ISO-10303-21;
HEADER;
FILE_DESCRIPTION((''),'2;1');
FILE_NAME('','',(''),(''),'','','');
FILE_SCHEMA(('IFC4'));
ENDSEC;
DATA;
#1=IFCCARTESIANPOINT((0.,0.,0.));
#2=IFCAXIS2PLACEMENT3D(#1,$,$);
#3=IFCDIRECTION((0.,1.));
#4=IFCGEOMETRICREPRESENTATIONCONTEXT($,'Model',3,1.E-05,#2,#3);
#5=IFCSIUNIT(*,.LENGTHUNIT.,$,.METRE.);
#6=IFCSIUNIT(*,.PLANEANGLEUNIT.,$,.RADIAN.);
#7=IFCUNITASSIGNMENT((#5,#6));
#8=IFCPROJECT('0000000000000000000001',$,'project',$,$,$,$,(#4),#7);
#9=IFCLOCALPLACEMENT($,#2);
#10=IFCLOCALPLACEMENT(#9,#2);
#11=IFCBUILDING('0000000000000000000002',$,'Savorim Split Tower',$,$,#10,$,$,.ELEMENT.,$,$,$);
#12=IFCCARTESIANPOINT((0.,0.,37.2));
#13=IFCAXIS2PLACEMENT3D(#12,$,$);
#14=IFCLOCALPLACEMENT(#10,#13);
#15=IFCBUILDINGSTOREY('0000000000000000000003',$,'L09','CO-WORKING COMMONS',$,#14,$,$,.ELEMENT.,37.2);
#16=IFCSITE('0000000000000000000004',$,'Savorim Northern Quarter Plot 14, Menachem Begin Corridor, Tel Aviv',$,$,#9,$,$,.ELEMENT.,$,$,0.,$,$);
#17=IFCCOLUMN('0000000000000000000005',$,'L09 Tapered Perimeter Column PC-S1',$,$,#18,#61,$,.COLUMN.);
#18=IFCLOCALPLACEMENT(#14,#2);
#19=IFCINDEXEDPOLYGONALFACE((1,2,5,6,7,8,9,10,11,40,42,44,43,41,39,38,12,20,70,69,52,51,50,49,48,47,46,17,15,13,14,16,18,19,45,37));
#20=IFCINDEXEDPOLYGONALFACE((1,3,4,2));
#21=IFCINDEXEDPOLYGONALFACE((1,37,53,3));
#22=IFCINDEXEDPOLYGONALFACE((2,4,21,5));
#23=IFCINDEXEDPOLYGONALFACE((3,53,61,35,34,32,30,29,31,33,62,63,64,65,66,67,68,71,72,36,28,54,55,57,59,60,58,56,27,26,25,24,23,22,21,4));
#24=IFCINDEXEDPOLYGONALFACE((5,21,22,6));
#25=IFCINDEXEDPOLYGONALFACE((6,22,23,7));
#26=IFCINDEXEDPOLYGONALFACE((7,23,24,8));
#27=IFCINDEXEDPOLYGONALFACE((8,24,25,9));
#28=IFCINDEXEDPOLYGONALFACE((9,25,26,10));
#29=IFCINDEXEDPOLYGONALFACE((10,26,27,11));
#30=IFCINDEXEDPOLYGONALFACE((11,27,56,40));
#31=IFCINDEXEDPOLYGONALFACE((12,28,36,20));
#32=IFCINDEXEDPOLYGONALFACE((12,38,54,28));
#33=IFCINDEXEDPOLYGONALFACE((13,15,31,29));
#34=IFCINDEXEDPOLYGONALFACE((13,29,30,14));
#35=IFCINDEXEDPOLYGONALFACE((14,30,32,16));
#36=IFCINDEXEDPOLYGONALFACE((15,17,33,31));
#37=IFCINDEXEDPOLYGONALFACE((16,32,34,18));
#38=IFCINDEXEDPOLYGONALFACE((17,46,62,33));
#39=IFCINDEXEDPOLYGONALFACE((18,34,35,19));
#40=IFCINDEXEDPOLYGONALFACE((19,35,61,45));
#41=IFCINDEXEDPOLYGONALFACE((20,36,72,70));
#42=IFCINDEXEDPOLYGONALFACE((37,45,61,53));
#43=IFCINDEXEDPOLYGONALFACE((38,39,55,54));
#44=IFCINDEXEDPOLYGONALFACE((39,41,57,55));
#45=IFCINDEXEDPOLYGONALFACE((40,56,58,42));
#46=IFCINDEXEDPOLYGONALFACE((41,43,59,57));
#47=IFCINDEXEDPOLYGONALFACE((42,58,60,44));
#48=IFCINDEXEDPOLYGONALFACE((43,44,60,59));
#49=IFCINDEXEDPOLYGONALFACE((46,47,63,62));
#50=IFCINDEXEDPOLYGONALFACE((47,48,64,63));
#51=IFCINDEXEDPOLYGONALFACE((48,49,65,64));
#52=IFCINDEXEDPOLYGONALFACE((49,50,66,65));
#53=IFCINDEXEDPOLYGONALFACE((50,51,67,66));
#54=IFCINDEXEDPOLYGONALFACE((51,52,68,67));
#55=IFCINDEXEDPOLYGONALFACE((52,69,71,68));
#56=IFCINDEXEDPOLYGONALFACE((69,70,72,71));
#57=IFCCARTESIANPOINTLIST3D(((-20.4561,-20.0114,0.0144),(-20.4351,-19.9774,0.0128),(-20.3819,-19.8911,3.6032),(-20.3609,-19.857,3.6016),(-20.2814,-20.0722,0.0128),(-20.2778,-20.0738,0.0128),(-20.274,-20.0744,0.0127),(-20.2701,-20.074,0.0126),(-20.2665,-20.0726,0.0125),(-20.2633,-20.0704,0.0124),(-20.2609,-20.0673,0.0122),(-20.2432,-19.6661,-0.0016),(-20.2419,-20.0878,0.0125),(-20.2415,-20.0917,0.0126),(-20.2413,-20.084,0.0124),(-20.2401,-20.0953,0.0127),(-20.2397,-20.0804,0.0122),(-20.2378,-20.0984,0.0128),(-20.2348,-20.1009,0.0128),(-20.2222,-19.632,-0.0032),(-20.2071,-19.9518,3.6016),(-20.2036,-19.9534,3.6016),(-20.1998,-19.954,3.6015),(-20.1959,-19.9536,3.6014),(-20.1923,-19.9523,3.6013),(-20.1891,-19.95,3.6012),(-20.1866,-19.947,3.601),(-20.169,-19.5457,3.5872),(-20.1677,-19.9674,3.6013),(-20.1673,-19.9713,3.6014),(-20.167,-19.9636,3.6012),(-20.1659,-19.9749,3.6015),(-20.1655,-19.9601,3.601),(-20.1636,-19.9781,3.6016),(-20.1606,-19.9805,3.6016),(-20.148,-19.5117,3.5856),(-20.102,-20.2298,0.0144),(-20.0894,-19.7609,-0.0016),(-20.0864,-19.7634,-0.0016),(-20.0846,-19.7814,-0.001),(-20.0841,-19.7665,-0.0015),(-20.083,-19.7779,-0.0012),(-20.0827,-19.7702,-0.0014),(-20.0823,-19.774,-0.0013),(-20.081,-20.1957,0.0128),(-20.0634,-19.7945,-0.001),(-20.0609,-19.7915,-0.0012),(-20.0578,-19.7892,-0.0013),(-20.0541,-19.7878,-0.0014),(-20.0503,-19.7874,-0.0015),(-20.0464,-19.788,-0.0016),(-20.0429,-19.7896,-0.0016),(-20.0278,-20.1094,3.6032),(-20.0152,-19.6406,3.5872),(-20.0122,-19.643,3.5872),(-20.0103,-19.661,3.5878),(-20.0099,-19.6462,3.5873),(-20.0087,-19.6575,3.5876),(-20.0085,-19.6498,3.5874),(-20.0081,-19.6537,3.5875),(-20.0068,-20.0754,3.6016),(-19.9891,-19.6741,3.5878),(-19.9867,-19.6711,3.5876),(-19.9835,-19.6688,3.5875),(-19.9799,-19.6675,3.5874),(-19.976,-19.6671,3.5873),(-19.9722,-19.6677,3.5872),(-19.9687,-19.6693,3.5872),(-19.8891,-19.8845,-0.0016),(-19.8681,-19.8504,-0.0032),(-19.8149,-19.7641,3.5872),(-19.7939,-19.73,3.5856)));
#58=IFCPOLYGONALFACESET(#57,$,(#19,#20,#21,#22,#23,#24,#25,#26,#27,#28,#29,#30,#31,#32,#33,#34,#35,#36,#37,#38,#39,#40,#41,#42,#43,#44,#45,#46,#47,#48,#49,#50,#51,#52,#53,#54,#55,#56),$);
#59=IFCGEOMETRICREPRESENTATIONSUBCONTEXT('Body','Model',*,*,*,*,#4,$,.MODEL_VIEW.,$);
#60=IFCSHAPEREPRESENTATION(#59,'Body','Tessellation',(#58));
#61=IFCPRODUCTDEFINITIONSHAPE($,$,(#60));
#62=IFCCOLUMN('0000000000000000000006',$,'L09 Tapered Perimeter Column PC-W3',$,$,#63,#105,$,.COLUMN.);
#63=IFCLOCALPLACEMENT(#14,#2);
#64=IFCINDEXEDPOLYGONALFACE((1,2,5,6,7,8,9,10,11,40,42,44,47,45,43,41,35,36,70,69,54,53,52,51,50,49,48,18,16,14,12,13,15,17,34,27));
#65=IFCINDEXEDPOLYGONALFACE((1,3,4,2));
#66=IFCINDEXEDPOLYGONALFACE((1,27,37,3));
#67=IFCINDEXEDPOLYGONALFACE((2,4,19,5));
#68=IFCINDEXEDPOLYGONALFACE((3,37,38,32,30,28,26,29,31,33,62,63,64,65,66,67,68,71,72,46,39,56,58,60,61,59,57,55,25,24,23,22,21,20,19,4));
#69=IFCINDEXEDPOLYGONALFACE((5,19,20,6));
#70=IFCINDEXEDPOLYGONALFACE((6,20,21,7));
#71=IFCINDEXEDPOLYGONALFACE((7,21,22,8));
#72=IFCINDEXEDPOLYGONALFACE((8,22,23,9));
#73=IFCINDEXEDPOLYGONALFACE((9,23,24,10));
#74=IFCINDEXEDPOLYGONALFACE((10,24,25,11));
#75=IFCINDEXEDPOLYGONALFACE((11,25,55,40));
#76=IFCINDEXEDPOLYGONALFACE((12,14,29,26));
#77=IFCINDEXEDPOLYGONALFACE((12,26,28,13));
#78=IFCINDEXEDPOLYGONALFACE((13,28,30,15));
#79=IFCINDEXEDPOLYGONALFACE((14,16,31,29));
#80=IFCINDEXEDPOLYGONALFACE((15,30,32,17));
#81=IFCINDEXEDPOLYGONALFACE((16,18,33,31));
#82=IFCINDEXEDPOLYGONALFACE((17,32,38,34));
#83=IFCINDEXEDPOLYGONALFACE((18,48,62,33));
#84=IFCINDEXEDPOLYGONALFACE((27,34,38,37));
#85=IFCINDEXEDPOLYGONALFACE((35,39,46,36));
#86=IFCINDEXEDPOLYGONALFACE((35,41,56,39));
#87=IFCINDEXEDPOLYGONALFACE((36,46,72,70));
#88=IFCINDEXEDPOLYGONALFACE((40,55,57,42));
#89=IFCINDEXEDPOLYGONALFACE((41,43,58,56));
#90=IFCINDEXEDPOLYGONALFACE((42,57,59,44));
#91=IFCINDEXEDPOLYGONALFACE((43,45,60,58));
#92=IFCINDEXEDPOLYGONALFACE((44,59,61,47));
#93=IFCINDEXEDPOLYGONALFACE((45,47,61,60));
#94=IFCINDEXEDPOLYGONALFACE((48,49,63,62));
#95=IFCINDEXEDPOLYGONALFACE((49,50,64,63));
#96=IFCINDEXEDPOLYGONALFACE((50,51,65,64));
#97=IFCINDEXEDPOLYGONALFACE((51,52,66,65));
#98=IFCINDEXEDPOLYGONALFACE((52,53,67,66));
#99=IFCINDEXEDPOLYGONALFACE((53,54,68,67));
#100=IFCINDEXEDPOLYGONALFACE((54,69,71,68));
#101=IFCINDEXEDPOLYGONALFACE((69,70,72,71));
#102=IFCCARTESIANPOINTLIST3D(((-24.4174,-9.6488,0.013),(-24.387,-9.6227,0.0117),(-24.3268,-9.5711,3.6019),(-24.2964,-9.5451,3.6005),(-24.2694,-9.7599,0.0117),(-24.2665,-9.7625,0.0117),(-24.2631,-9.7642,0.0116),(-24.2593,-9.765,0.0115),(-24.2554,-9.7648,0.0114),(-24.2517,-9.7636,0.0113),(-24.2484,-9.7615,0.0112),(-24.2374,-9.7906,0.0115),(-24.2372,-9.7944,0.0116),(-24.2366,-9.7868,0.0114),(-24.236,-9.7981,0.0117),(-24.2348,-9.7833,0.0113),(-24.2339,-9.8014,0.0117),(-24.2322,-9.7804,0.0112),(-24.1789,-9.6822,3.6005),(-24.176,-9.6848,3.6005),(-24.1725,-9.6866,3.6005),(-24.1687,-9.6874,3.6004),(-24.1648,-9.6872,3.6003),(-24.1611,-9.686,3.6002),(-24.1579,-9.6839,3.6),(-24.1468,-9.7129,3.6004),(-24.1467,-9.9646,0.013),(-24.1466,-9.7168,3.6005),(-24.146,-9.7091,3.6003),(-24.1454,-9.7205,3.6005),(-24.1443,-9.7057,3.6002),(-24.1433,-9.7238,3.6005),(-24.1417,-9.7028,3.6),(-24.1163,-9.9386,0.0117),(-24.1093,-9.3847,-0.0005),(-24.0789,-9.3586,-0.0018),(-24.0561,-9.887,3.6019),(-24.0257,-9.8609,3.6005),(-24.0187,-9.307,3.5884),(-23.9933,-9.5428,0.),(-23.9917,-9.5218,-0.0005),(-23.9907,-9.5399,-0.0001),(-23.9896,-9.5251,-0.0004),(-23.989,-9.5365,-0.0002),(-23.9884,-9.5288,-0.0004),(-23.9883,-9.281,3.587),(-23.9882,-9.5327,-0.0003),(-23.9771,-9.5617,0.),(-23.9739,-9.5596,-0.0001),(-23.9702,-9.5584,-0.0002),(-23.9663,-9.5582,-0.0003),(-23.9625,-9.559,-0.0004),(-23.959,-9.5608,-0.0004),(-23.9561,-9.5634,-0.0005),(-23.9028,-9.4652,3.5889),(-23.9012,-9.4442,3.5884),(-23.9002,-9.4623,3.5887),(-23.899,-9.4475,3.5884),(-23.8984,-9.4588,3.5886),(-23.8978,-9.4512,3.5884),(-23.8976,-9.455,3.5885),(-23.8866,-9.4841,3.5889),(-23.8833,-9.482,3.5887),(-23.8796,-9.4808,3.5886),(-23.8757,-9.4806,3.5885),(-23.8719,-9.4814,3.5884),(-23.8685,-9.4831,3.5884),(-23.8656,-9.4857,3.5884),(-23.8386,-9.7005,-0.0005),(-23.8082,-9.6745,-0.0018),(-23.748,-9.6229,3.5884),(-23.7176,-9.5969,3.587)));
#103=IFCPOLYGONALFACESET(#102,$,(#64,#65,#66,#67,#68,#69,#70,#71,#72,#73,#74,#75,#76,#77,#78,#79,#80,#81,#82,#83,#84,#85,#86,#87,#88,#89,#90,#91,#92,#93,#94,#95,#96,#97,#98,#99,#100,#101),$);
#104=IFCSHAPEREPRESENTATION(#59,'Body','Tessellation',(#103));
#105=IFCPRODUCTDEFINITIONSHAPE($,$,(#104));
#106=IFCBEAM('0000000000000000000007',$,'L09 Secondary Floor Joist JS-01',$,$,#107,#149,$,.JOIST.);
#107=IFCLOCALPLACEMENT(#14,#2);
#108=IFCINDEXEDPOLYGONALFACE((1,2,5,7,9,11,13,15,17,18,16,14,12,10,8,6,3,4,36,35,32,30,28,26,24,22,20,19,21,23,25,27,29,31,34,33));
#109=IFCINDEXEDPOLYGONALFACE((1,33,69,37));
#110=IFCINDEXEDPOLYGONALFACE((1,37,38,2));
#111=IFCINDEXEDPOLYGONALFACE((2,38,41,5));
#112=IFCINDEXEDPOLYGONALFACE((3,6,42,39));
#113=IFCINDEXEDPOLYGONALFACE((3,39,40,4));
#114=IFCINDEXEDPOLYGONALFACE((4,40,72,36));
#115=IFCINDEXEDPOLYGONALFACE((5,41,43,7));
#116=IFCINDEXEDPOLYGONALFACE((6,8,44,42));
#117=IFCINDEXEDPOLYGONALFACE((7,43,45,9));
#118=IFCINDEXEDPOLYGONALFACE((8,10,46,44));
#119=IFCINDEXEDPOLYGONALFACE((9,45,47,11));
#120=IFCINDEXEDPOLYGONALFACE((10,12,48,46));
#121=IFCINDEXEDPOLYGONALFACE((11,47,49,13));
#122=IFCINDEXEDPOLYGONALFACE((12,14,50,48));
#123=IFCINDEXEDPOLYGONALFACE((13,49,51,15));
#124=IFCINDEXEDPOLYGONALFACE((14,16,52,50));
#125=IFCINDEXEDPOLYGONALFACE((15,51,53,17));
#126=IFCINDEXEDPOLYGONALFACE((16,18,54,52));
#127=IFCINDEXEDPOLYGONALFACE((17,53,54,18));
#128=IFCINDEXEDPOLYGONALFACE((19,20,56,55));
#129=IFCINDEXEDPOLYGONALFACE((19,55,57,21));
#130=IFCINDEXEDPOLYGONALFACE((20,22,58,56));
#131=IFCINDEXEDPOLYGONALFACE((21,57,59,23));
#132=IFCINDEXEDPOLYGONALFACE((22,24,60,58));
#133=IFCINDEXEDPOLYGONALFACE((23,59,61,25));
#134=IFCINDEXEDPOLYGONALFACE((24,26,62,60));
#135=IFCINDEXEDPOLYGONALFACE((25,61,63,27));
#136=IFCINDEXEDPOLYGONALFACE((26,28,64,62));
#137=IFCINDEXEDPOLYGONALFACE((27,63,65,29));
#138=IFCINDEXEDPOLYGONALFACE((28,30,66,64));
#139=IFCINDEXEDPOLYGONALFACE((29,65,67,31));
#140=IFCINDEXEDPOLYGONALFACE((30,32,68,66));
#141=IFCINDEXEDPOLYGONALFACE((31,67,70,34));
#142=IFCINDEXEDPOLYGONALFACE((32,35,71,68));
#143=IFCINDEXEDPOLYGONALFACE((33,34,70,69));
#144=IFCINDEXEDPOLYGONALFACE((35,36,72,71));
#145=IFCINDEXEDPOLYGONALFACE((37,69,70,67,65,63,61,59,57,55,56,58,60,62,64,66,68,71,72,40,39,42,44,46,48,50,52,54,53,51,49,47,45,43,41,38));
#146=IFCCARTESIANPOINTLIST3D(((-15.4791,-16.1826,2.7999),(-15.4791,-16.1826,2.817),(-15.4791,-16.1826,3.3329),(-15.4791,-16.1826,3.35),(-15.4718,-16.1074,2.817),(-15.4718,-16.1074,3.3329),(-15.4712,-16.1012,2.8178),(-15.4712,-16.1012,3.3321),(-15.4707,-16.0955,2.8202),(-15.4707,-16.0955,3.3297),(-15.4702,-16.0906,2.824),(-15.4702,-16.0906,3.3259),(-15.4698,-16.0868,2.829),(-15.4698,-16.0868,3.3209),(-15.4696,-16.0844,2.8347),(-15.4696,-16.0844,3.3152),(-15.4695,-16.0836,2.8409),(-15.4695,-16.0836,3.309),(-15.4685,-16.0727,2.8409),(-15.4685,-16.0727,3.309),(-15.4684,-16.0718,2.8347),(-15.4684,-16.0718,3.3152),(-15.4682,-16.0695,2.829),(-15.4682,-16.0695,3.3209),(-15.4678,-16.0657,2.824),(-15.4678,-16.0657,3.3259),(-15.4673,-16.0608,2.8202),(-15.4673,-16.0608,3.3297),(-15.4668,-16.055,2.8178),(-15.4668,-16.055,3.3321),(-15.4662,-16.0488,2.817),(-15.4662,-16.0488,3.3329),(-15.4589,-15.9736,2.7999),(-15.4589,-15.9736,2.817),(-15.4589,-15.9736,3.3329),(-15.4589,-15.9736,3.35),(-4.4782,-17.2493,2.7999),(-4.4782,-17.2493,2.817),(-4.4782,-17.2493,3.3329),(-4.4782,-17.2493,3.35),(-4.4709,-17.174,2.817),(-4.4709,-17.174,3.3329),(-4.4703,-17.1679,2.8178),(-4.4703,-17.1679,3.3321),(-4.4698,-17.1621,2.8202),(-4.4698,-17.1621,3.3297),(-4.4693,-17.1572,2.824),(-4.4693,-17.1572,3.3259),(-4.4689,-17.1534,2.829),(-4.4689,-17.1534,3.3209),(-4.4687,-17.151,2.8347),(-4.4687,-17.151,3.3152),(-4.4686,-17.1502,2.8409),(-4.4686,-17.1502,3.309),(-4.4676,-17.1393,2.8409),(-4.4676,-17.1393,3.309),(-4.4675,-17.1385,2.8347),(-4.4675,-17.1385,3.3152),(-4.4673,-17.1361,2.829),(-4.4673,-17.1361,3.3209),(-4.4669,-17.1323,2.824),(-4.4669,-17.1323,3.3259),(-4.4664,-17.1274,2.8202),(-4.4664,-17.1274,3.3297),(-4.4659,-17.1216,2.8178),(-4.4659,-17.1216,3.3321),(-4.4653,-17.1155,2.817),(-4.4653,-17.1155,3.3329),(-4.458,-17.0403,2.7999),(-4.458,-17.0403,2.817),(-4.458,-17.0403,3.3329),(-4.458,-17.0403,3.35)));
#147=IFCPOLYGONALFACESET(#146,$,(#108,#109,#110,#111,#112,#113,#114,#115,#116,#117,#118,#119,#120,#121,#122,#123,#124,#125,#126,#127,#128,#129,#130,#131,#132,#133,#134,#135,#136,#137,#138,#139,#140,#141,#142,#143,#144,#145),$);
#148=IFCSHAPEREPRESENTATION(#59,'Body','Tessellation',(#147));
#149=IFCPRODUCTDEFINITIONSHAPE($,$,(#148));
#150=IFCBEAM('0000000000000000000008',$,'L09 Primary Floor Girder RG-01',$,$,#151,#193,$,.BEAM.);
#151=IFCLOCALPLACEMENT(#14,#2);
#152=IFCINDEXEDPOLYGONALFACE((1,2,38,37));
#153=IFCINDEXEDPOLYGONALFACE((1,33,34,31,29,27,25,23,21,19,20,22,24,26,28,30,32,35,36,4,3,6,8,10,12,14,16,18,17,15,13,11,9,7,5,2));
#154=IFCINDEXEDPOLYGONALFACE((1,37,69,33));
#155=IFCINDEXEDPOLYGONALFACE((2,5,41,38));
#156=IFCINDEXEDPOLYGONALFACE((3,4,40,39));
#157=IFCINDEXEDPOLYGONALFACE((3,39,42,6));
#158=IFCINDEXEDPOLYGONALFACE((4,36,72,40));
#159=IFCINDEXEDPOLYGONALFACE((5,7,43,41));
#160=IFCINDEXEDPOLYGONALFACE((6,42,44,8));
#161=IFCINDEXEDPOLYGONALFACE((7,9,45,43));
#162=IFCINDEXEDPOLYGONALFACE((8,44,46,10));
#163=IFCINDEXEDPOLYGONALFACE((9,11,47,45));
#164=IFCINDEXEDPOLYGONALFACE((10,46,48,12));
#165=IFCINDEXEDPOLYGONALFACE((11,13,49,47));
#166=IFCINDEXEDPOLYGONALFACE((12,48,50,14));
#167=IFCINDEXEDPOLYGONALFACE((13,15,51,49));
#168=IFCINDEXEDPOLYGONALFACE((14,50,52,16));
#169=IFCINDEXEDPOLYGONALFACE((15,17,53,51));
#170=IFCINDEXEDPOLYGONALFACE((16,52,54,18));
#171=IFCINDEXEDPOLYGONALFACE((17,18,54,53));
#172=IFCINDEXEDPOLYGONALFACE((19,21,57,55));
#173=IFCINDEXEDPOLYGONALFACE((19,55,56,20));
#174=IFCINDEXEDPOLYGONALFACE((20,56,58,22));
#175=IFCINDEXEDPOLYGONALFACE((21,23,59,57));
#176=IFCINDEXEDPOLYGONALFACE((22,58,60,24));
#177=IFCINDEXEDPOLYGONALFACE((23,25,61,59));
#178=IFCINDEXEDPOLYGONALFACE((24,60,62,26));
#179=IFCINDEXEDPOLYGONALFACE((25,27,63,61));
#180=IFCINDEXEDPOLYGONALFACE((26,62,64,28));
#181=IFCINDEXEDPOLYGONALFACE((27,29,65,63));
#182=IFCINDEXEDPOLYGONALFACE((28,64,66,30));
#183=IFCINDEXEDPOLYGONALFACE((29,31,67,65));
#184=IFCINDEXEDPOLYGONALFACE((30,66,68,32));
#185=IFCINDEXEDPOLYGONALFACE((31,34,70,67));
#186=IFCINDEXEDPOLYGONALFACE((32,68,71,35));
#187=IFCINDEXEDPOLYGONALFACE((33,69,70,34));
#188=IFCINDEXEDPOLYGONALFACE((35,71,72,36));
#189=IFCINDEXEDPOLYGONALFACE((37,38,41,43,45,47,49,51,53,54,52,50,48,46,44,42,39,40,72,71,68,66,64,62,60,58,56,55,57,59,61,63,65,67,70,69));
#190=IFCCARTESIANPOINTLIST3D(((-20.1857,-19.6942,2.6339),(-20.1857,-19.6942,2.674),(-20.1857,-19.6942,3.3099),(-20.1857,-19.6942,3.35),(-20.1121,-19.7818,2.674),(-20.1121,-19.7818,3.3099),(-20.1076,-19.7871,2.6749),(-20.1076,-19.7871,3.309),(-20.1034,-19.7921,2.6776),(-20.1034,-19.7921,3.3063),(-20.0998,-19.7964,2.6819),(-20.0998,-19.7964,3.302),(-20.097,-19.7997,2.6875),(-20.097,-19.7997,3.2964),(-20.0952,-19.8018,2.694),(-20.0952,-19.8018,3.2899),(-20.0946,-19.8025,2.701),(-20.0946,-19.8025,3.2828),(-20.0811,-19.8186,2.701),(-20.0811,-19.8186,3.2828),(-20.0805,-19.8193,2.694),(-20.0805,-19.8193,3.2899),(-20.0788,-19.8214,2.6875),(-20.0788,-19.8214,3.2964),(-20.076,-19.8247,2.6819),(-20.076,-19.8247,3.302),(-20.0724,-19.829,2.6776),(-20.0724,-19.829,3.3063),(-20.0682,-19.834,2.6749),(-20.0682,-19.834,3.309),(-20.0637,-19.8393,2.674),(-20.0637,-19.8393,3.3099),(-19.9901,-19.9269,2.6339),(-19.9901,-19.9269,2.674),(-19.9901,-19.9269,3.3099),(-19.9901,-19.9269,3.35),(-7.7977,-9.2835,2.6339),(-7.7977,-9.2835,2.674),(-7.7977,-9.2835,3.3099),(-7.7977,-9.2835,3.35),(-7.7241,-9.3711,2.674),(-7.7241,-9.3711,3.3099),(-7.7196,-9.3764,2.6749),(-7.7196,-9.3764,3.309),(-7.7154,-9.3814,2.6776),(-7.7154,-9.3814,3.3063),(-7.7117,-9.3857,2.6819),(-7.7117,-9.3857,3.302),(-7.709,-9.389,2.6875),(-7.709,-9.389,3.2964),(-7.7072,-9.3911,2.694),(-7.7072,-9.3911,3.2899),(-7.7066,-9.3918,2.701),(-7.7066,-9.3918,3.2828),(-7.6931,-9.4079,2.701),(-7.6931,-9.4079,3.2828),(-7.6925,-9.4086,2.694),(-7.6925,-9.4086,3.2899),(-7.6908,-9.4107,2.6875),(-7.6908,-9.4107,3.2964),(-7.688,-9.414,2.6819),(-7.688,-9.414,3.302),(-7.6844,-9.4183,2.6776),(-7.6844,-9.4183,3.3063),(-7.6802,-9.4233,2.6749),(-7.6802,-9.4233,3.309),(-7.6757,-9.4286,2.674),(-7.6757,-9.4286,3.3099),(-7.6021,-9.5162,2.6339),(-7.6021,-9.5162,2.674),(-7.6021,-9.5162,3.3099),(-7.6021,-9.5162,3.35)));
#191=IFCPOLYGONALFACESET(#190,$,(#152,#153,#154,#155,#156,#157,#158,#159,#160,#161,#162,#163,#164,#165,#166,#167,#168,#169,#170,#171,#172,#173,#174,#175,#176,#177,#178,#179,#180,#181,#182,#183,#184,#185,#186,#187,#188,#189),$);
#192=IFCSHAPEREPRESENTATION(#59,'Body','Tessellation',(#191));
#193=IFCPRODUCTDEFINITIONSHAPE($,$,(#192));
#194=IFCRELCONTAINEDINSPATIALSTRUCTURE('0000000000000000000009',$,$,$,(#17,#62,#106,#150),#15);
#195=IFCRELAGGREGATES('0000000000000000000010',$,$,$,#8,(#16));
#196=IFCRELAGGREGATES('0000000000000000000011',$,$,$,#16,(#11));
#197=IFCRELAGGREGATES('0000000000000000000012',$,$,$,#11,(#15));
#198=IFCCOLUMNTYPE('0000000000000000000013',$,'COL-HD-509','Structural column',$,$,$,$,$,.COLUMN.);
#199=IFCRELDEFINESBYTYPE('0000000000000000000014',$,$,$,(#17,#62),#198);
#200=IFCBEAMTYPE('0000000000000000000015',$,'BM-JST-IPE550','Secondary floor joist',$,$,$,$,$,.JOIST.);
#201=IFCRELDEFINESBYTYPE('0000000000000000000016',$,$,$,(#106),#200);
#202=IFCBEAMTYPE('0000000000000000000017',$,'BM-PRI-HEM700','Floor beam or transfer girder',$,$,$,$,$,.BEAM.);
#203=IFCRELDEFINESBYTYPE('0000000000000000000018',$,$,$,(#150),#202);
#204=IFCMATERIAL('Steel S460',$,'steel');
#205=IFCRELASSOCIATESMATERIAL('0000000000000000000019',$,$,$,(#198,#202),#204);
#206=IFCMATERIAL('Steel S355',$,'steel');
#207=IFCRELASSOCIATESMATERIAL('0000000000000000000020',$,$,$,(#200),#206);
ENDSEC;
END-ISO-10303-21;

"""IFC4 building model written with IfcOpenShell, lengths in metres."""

from ifc_helpers import new_model, si_unit, direction, frame, origin, origin_2d, place, context, subcontext, project, spatial, i_section, extrude, material, material_profile, profile_set, type_object, element, save


model = new_model("IFC4")

# Units and contexts
model_context = context("Model", 3, precision=1e-05, world=origin(), true_north=direction((0.0, 1.0)))
body_context = subcontext(model_context, "Body", "Model", "MODEL_VIEW")
ifc_project = project(units=[si_unit("LENGTHUNIT", "METRE"), si_unit("PLANEANGLEUNIT", "RADIAN")], contexts=[model_context])

# Site, building, storey
site_placement = place(None, origin())
site = spatial("IfcSite", under=ifc_project, at=site_placement, Name="Savorim Northern Quarter Plot 14, Menachem Begin Corridor, Tel Aviv", CompositionType="ELEMENT", RefElevation=0.0)
building_placement = place(site_placement, origin())
building = spatial("IfcBuilding", under=site, at=building_placement, Name="Savorim Split Tower", CompositionType="ELEMENT")
storey_placement = place(building_placement, frame((0.0, 0.0, 37.2)))
storey = spatial("IfcBuildingStorey", under=building, at=storey_placement, Name="L09", Description="CO-WORKING COMMONS", CompositionType="ELEMENT", Elevation=37.2)

# Columns
ifc_material_1 = material(Name="Steel S460", Category="steel")
ifc_material_profile_1 = material_profile(ifc_material_1, i_section(OverallWidth=0.416, OverallDepth=0.446, WebThickness=0.0249, FlangeThickness=0.04, FilletRadius=0.0149, at=origin_2d()), Name="HD 400x509")
ifc_profile_set_1 = profile_set([ifc_material_profile_1], Name="Steel S460")
column_type = type_object("IfcColumnType", Name="COL-HD-509", Description="Structural column", PredefinedType="COLUMN", material=ifc_profile_set_1)
column_1_placement = place(storey_placement, frame((-20.1621, -19.9309, 0.0056), z_axis=(0.020664, 0.033511, 0.999225), x_axis=(-0.851184, 0.524868, 0.0)))
element("IfcColumn", 1, at=column_1_placement, inside=storey, type_object=column_type, Name="L09 Tapered Perimeter Column PC-S1", PredefinedType="COLUMN", context=body_context, shape_type="SweptSolid", body=[
    extrude(i_section(OverallWidth=0.416, OverallDepth=0.446, WebThickness=0.0249, FlangeThickness=0.04, FilletRadius=0.0149, at=origin_2d()), origin(), (0.0, 0.0, 1.0), 3.5916),
])
column_2_placement = place(storey_placement, frame((-24.1128, -9.6616, 0.0056), z_axis=(0.025224, 0.021621, 0.999448), x_axis=(-0.650791, 0.759257, 0.0)))
element("IfcColumn", 2, at=column_2_placement, inside=storey, type_object=column_type, Name="L09 Tapered Perimeter Column PC-W3", PredefinedType="COLUMN", context=body_context, shape_type="SweptSolid", body=[
    extrude(i_section(OverallWidth=0.416, OverallDepth=0.446, WebThickness=0.0249, FlangeThickness=0.04, FilletRadius=0.0149, at=origin_2d()), origin(), (0.0, 0.0, 1.0), 3.5908),
])

# Beams
ifc_material_2 = material(Name="Steel S355", Category="steel")
ifc_material_profile_2 = material_profile(ifc_material_2, i_section(OverallWidth=0.21, OverallDepth=0.55, WebThickness=0.011, FlangeThickness=0.0171, FilletRadius=0.0239, at=origin_2d()), Name="IPE 550")
ifc_profile_set_2 = profile_set([ifc_material_profile_2], Name="Steel S355")
beam_type_1 = type_object("IfcBeamType", Name="BM-JST-IPE550", Description="Secondary floor joist", PredefinedType="JOIST", material=ifc_profile_set_2)
beam_1_placement = place(storey_placement, frame((-15.469, -16.0781, 3.075), z_axis=(0.995332, -0.096507, 0.0), x_axis=(0.096507, 0.995332, 0.0)))
element("IfcBeam", 3, at=beam_1_placement, inside=storey, type_object=beam_type_1, Name="L09 Secondary Floor Joist JS-01", PredefinedType="JOIST", context=body_context, shape_type="SweptSolid", body=[
    extrude(i_section(OverallWidth=0.21, OverallDepth=0.55, WebThickness=0.011, FlangeThickness=0.0171, FilletRadius=0.0239, at=origin_2d()), origin(), (0.0, 0.0, 1.0), 11.0525),
])
ifc_material_profile_3 = material_profile(ifc_material_1, i_section(OverallWidth=0.304, OverallDepth=0.7161, WebThickness=0.021, FlangeThickness=0.04, FilletRadius=0.0271, at=origin_2d()), Name="HE 700 M")
ifc_profile_set_3 = profile_set([ifc_material_profile_3], Name="Steel S460")
beam_type_2 = type_object("IfcBeamType", Name="BM-PRI-HEM700", Description="Floor beam or transfer girder", PredefinedType="BEAM", material=ifc_profile_set_3)
beam_2_placement = place(storey_placement, frame((-20.0879, -19.8105, 2.9919), z_axis=(0.76556, 0.643365, 0.0), x_axis=(-0.643365, 0.76556, 0.0)))
element("IfcBeam", 4, at=beam_2_placement, inside=storey, type_object=beam_type_2, Name="L09 Primary Floor Girder RG-01", PredefinedType="BEAM", context=body_context, shape_type="SweptSolid", body=[
    extrude(i_section(OverallWidth=0.304, OverallDepth=0.7161, WebThickness=0.021, FlangeThickness=0.04, FilletRadius=0.0271, at=origin_2d()), origin(), (0.0, 0.0, 1.0), 16.1816),
])

save(model, "model.ifc")
